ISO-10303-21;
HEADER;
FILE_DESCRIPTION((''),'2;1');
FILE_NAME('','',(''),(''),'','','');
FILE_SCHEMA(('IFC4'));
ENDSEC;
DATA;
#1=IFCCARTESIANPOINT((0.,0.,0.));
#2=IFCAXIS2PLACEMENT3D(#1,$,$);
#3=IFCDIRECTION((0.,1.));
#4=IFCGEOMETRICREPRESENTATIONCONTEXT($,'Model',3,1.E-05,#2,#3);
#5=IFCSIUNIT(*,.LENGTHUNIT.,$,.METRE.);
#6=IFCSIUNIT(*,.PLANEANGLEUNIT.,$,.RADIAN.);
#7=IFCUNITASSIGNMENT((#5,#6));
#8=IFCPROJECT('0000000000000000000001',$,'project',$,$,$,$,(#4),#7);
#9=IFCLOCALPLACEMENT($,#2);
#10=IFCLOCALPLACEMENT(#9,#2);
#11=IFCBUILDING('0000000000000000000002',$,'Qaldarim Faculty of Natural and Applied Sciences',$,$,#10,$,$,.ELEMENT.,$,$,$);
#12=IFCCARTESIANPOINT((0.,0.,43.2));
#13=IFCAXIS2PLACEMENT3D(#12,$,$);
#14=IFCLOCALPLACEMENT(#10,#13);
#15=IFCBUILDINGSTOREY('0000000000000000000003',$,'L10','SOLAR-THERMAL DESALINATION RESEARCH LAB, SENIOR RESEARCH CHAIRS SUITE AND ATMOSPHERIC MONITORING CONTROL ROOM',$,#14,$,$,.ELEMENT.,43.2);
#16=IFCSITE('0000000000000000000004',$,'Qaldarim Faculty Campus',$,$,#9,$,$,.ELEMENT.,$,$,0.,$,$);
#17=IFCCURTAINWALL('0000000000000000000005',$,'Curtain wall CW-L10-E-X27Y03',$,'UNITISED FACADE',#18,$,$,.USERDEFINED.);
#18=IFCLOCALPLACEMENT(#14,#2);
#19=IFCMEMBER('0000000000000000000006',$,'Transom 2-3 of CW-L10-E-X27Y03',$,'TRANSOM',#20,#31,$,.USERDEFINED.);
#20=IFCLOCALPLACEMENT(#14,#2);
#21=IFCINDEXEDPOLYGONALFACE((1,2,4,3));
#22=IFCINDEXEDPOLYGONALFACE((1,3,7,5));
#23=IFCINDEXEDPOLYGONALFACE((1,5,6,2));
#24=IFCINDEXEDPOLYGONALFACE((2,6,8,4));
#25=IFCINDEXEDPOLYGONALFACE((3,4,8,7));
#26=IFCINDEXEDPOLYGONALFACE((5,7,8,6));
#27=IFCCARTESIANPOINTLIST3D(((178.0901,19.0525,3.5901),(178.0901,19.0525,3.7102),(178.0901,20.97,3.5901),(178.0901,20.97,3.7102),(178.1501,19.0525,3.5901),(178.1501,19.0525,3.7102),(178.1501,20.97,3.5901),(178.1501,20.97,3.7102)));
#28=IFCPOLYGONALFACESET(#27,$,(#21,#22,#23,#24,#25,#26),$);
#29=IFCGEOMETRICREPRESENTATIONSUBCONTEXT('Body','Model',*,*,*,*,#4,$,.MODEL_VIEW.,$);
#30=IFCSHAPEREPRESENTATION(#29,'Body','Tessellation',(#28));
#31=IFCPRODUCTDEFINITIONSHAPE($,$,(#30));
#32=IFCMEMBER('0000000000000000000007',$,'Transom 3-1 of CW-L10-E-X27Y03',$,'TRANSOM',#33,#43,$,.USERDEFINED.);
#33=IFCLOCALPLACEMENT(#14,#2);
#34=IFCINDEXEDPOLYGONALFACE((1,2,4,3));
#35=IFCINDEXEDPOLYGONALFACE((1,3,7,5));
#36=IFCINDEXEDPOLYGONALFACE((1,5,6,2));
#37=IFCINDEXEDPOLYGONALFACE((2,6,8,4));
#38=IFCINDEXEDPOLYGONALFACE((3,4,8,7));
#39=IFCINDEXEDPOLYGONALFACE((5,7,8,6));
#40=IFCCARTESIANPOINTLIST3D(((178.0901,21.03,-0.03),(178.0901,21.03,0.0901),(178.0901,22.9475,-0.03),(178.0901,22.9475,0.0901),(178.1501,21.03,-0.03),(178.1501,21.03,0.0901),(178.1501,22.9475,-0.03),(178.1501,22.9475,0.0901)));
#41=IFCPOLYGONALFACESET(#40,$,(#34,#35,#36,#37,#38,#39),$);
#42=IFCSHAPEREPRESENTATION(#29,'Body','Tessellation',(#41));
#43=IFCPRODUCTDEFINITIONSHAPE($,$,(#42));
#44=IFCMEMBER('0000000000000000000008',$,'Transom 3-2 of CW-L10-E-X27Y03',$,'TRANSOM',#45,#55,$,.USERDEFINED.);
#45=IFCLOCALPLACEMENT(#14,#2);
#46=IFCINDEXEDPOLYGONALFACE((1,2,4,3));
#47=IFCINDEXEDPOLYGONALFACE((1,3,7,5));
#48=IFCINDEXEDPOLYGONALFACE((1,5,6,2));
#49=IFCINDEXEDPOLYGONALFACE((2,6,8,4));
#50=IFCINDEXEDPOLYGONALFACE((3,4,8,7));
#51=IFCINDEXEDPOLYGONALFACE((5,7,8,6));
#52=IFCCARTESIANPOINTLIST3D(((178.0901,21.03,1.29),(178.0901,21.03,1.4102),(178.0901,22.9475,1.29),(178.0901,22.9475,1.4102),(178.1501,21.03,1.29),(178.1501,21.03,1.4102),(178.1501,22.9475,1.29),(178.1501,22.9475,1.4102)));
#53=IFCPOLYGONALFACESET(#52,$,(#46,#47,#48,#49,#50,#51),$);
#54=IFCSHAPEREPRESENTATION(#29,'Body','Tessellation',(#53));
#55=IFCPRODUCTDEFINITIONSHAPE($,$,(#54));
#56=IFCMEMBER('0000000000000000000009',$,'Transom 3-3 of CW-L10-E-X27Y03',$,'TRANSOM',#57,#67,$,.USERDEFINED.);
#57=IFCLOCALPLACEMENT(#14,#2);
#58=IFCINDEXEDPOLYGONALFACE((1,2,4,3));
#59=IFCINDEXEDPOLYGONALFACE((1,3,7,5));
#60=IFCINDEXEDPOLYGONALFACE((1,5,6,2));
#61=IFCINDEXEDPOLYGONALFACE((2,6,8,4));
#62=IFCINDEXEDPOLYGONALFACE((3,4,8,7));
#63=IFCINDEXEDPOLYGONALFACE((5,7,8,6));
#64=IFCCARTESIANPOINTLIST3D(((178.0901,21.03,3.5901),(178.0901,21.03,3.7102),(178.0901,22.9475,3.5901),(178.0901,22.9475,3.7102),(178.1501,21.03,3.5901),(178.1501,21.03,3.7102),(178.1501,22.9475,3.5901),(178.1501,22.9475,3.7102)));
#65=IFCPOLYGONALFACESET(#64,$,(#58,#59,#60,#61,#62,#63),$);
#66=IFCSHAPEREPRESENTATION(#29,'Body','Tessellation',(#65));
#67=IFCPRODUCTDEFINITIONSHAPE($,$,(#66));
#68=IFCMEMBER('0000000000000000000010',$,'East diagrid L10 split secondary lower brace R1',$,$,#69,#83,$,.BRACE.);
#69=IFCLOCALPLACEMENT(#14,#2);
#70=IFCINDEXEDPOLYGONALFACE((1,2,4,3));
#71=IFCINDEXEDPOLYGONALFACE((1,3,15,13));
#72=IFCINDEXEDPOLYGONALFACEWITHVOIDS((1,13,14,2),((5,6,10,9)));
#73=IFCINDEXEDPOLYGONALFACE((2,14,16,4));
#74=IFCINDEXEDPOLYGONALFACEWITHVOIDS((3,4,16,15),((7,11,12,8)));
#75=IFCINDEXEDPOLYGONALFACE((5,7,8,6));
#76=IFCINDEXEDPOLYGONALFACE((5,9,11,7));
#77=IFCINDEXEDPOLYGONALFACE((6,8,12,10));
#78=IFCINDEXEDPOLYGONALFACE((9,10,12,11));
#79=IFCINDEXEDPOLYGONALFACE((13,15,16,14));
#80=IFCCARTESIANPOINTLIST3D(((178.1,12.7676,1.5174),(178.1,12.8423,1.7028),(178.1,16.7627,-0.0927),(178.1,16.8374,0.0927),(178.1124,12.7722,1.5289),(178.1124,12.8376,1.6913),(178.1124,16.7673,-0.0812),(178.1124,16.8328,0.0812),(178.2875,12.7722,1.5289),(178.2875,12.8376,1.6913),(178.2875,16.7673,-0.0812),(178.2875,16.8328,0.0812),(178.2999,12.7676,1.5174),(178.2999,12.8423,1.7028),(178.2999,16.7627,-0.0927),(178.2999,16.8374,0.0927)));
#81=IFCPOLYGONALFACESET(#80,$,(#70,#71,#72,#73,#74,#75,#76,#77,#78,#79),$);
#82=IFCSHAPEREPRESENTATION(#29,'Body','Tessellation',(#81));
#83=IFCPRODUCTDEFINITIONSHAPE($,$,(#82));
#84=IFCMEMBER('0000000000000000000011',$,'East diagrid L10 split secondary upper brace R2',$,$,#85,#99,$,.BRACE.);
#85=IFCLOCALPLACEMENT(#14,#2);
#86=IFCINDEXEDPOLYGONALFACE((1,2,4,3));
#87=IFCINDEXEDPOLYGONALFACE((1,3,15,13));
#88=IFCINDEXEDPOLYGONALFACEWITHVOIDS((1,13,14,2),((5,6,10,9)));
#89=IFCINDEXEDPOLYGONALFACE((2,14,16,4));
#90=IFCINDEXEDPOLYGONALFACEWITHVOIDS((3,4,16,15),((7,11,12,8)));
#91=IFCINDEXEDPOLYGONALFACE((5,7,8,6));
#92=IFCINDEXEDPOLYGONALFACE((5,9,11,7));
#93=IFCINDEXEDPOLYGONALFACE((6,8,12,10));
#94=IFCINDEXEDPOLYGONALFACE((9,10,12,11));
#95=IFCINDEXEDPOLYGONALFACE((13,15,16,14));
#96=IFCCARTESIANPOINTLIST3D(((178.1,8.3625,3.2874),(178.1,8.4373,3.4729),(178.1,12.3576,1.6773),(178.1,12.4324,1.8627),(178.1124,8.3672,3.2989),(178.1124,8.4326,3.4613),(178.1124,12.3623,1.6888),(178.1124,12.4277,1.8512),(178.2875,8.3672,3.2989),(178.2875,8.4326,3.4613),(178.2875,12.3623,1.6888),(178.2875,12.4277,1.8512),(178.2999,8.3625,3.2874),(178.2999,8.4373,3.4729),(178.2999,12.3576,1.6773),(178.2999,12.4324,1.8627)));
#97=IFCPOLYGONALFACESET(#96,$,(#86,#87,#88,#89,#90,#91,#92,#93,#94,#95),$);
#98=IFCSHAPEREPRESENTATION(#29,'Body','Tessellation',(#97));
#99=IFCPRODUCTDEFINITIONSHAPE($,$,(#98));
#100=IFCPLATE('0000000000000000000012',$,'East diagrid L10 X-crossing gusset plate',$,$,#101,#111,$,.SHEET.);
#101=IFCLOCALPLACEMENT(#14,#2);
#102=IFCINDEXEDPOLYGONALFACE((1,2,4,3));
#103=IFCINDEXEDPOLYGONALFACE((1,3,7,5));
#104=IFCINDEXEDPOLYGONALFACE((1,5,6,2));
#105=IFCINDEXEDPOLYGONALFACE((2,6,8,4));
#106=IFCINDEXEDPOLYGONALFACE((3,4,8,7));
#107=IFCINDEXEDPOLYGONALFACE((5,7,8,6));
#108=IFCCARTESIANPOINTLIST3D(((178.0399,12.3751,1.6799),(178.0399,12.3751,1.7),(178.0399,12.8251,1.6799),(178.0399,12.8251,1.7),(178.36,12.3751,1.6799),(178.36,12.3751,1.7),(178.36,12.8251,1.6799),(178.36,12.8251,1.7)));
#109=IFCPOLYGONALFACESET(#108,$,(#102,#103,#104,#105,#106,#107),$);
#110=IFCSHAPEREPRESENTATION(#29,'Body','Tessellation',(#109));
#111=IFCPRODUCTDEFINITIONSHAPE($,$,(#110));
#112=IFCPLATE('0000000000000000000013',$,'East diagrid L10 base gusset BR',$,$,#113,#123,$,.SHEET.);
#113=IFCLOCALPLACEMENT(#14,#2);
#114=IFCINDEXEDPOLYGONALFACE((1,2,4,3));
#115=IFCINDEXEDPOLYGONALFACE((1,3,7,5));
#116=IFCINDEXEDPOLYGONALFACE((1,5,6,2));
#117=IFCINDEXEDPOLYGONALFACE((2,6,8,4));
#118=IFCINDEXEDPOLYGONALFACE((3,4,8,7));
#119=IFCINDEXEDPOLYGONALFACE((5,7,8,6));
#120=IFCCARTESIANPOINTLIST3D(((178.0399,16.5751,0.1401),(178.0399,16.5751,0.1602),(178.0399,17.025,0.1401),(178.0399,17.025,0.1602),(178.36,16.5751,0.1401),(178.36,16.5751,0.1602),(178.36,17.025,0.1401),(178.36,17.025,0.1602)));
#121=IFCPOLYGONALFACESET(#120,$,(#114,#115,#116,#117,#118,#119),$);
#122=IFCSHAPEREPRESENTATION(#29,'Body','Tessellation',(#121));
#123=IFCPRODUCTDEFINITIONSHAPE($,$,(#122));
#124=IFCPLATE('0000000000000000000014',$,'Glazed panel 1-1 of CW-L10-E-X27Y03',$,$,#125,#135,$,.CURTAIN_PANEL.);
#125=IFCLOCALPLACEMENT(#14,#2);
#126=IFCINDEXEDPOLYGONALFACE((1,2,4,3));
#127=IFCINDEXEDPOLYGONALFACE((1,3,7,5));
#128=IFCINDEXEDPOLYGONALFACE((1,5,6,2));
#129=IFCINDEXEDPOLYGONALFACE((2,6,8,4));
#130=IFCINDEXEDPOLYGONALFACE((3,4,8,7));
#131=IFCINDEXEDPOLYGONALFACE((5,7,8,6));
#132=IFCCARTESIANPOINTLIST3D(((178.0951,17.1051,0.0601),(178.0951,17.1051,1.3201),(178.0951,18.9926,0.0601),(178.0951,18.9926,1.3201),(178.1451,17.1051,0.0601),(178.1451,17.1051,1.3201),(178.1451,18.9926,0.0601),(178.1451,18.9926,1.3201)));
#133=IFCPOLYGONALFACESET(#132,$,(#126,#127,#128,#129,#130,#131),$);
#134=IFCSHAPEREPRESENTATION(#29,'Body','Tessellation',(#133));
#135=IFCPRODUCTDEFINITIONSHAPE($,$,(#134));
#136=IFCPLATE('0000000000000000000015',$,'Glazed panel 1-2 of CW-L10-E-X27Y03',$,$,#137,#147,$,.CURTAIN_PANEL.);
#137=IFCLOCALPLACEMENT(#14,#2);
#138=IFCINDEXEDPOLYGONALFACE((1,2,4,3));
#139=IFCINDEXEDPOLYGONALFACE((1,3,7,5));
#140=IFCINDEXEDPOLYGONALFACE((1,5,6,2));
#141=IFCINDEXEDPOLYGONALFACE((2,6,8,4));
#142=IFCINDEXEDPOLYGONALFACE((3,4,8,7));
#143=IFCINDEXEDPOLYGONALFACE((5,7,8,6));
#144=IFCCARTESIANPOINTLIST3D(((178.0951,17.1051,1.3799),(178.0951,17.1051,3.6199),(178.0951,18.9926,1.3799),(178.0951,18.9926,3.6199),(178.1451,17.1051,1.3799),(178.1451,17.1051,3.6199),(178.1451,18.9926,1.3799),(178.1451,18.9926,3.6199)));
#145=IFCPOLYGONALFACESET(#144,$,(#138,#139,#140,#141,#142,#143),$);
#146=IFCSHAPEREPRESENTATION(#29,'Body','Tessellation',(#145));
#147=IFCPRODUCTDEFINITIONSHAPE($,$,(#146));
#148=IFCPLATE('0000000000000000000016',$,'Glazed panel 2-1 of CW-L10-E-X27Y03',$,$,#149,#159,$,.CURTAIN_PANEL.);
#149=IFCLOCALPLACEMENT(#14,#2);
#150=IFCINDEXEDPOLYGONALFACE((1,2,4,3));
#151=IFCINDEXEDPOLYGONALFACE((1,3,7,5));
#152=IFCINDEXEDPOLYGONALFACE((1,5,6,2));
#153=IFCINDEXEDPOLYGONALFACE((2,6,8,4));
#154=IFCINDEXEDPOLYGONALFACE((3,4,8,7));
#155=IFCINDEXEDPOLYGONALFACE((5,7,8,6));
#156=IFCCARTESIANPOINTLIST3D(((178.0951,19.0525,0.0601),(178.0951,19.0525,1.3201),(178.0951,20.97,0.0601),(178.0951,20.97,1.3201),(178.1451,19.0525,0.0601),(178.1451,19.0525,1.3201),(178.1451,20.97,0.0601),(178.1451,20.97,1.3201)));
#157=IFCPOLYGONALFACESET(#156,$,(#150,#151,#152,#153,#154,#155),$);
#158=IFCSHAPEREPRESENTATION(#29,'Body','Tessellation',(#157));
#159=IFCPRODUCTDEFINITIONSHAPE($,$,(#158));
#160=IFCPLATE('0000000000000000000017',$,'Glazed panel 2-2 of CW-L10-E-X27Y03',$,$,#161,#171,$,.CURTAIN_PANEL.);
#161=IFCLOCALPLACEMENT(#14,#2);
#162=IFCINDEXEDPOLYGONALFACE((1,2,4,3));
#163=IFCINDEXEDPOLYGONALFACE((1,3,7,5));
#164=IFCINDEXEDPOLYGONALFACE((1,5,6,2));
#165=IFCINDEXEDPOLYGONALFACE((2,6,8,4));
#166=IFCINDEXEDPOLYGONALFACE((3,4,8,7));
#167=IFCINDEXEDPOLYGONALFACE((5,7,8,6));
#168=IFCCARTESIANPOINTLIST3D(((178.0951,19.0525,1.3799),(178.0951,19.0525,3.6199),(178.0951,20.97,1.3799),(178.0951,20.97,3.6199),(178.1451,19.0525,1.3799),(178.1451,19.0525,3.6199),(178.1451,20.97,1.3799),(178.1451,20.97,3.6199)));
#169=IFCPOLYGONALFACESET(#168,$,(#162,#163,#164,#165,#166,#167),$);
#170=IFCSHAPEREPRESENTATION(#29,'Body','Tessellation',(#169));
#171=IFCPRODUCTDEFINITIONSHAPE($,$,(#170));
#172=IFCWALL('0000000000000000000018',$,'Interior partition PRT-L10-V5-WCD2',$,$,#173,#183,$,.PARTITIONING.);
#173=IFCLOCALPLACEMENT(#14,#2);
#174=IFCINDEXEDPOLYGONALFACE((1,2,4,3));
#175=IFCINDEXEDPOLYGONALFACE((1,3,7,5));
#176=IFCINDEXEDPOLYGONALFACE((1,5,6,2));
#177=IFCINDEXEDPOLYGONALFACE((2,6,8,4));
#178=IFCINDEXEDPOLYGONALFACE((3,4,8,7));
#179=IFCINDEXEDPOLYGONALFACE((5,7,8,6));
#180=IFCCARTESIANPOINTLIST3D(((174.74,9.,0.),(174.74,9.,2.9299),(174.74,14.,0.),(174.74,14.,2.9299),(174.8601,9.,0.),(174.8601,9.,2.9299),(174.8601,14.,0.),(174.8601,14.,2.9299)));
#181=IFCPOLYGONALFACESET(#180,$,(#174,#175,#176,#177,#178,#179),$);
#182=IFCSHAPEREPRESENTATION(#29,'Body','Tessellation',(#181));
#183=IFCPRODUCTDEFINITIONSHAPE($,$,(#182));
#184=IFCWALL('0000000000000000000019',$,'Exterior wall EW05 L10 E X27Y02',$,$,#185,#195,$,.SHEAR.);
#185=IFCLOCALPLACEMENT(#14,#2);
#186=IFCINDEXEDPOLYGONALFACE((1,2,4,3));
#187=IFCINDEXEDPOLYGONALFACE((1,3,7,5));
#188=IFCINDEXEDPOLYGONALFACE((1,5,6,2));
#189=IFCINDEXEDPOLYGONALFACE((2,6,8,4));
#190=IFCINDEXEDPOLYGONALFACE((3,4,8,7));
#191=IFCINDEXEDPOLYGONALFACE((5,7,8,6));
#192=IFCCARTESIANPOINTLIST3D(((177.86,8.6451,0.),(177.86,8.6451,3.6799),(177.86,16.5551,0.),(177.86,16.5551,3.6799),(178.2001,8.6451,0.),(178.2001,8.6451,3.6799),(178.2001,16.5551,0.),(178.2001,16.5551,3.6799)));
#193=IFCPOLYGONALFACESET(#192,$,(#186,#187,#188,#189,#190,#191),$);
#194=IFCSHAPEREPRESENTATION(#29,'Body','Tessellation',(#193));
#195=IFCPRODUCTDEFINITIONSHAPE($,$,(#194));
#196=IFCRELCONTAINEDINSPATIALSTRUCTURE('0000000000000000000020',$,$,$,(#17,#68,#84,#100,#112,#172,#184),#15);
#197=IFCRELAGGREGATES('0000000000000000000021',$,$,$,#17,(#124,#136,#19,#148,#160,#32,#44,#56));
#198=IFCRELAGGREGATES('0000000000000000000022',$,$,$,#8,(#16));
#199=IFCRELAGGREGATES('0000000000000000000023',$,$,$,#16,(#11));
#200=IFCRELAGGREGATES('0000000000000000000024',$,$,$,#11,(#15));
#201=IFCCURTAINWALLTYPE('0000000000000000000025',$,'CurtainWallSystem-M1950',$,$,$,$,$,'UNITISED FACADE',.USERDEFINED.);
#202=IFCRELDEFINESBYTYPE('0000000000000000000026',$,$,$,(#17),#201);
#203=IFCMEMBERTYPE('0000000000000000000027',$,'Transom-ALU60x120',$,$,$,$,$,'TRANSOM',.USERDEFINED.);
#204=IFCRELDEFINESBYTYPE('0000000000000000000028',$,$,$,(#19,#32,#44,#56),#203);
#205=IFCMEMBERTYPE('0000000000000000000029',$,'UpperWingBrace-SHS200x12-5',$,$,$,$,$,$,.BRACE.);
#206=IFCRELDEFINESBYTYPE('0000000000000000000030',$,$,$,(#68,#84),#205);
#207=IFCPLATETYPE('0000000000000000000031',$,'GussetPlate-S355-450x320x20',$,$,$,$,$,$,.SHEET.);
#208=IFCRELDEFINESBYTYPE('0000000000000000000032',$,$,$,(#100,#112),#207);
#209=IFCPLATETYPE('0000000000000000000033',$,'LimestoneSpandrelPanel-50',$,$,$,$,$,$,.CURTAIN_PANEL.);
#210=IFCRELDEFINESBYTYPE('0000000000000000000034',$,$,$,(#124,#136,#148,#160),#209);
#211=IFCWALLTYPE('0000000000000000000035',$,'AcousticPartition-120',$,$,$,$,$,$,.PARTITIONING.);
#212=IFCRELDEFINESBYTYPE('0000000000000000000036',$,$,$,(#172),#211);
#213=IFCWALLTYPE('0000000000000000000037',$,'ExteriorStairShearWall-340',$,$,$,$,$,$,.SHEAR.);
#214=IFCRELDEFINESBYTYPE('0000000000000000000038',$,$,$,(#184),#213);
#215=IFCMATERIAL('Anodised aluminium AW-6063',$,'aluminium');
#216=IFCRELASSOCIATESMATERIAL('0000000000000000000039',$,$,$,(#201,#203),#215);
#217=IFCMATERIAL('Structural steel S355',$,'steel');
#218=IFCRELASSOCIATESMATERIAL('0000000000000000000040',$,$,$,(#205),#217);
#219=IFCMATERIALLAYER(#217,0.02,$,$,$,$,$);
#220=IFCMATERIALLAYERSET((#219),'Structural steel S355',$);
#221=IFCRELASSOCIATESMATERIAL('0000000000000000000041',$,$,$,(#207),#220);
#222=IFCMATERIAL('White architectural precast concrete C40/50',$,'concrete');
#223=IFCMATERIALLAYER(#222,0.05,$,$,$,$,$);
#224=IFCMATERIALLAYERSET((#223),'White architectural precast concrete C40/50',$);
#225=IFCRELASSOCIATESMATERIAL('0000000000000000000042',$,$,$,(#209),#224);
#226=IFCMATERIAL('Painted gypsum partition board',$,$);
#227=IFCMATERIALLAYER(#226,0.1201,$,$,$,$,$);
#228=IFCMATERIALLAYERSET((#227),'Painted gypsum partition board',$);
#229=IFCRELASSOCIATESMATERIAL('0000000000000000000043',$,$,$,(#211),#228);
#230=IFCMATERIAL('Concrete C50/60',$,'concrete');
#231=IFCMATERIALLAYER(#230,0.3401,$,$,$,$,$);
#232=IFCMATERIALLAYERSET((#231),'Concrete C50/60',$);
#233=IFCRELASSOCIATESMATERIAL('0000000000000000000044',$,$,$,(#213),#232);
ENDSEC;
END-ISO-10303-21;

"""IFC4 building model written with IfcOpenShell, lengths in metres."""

from ifc_helpers import new_model, si_unit, direction, frame, frame_2d, origin, origin_2d, place, context, subcontext, project, spatial, rectangle, hollow_rectangle, extrude, material, layer, layer_set, material_profile, profile_set, type_object, element, aggregate, save


model = new_model("IFC4")

# Units and contexts
model_context = context("Model", 3, precision=1e-05, world=origin(), true_north=direction((0.0, 1.0)))
body_context = subcontext(model_context, "Body", "Model", "MODEL_VIEW")
ifc_project = project(units=[si_unit("LENGTHUNIT", "METRE"), si_unit("PLANEANGLEUNIT", "RADIAN")], contexts=[model_context])

# Site, building, storey
site_placement = place(None, origin())
site = spatial("IfcSite", under=ifc_project, at=site_placement, Name="Qaldarim Faculty Campus", CompositionType="ELEMENT", RefElevation=0.0)
building_placement = place(site_placement, origin())
building = spatial("IfcBuilding", under=site, at=building_placement, Name="Qaldarim Faculty of Natural and Applied Sciences", CompositionType="ELEMENT")
storey_placement = place(building_placement, frame((0.0, 0.0, 43.2)))
storey = spatial("IfcBuildingStorey", under=building, at=storey_placement, Name="L10", Description="SOLAR-THERMAL DESALINATION RESEARCH LAB, SENIOR RESEARCH CHAIRS SUITE AND ATMOSPHERIC MONITORING CONTROL ROOM", CompositionType="ELEMENT", Elevation=43.2)

# Shared definitions
ifc_material_1 = material(Name="Concrete C50/60", Category="concrete")

# Curtain wall
ifc_material_2 = material(Name="Anodised aluminium AW-6063", Category="aluminium")
curtain_wall_type = type_object("IfcCurtainWallType", Name="CurtainWallSystem-M1950", ElementType="UNITISED FACADE", PredefinedType="USERDEFINED", material=ifc_material_2)
curtain_wall_placement = place(storey_placement, origin())
curtain_wall = element("IfcCurtainWall", 1, at=curtain_wall_placement, inside=storey, type_object=curtain_wall_type, Name="Curtain wall CW-L10-E-X27Y03", ObjectType="UNITISED FACADE", PredefinedType="USERDEFINED")

# Members
ifc_material_profile_1 = material_profile(ifc_material_2, rectangle(XDim=0.0601, YDim=0.1201, at=origin_2d()), Name="ALU-T60x120")
ifc_profile_set_1 = profile_set([ifc_material_profile_1], Name="Anodised aluminium AW-6063")
member_type_1 = type_object("IfcMemberType", Name="Transom-ALU60x120", ElementType="TRANSOM", PredefinedType="USERDEFINED", material=ifc_profile_set_1)
member_1_placement = place(storey_placement, frame((178.1201, 19.0525, 3.6501), z_axis=(0.0, 1.0, 0.0), x_axis=(-1.0, 0.0, 0.0)))
member_1 = element("IfcMember", 2, at=member_1_placement, type_object=member_type_1, Name="Transom 2-3 of CW-L10-E-X27Y03", ObjectType="TRANSOM", PredefinedType="USERDEFINED", context=body_context, shape_type="SweptSolid", body=[
    extrude(rectangle(XDim=0.0601, YDim=0.1201, at=origin_2d()), origin(), (0.0, 0.0, 1.0), 1.9175),
])
member_2_placement = place(storey_placement, frame((178.1201, 21.03, 0.03), z_axis=(0.0, 1.0, 0.0), x_axis=(-1.0, 0.0, 0.0)))
member_2 = element("IfcMember", 3, at=member_2_placement, type_object=member_type_1, Name="Transom 3-1 of CW-L10-E-X27Y03", ObjectType="TRANSOM", PredefinedType="USERDEFINED", context=body_context, shape_type="SweptSolid", body=[
    extrude(rectangle(XDim=0.0601, YDim=0.1201, at=origin_2d()), origin(), (0.0, 0.0, 1.0), 1.9175),
])
member_3_placement = place(storey_placement, frame((178.1201, 21.03, 1.3501), z_axis=(0.0, 1.0, 0.0), x_axis=(-1.0, 0.0, 0.0)))
member_3 = element("IfcMember", 4, at=member_3_placement, type_object=member_type_1, Name="Transom 3-2 of CW-L10-E-X27Y03", ObjectType="TRANSOM", PredefinedType="USERDEFINED", context=body_context, shape_type="SweptSolid", body=[
    extrude(rectangle(XDim=0.0601, YDim=0.1201, at=origin_2d()), origin(), (0.0, 0.0, 1.0), 1.9175),
])
member_4_placement = place(storey_placement, frame((178.1201, 21.03, 3.6501), z_axis=(0.0, 1.0, 0.0), x_axis=(-1.0, 0.0, 0.0)))
member_4 = element("IfcMember", 5, at=member_4_placement, type_object=member_type_1, Name="Transom 3-3 of CW-L10-E-X27Y03", ObjectType="TRANSOM", PredefinedType="USERDEFINED", context=body_context, shape_type="SweptSolid", body=[
    extrude(rectangle(XDim=0.0601, YDim=0.1201, at=origin_2d()), origin(), (0.0, 0.0, 1.0), 1.9175),
])

# Members
ifc_material_3 = material(Name="Structural steel S355", Category="steel")
ifc_material_profile_2 = material_profile(ifc_material_3, hollow_rectangle(XDim=0.2, YDim=0.2, WallThickness=0.0125, at=origin_2d()), Name="SHS 200x200x12.5")
ifc_profile_set_2 = profile_set([ifc_material_profile_2], Name="Structural steel S355")
member_type_2 = type_object("IfcMemberType", Name="UpperWingBrace-SHS200x12-5", PredefinedType="BRACE", material=ifc_profile_set_2)
for number, where, z_axis, x_axis, name in (
    (6, (178.2, 16.8, 0.0), (0.0, -0.927508, 0.373803), (1.0, 0.0, 0.0), "East diagrid L10 split secondary lower brace R1"),
    (7, (178.2, 12.395, 1.77), (0.0, -0.927508, 0.373803), (1.0, 0.0, 0.0), "East diagrid L10 split secondary upper brace R2"),
):
    element("IfcMember", number, at=place(storey_placement, frame(where, z_axis=z_axis, x_axis=x_axis)), inside=storey, type_object=member_type_2, Name=name, PredefinedType="BRACE", context=body_context, shape_type="SweptSolid", body=[
        extrude(hollow_rectangle(XDim=0.2, YDim=0.2, WallThickness=0.0125, at=origin_2d()), origin(), (0.0, 0.0, 1.0), 4.3074),
    ])

# Plates
ifc_layer_1 = layer(ifc_material_3, 0.02)
ifc_layer_set_1 = layer_set([ifc_layer_1], Name="Structural steel S355")
plate_type_1 = type_object("IfcPlateType", Name="GussetPlate-S355-450x320x20", PredefinedType="SHEET", material=ifc_layer_set_1)
for number, where, z_axis, x_axis, name in (
    (8, (178.2, 12.6001, 1.6799), (0.0, 0.0, 1.0), (0.0, 1.0, 0.0), "East diagrid L10 X-crossing gusset plate"),
    (9, (178.2, 16.8, 0.1401), (0.0, 0.0, 1.0), (0.0, 1.0, 0.0), "East diagrid L10 base gusset BR"),
):
    element("IfcPlate", number, at=place(storey_placement, frame(where, z_axis=z_axis, x_axis=x_axis)), inside=storey, type_object=plate_type_1, Name=name, PredefinedType="SHEET", context=body_context, shape_type="SweptSolid", body=[
        extrude(rectangle(XDim=0.45, YDim=0.3201, at=origin_2d()), origin(), (0.0, 0.0, 1.0), 0.02),
    ])

# Plates
ifc_material_4 = material(Name="White architectural precast concrete C40/50", Category="concrete")
ifc_layer_2 = layer(ifc_material_4, 0.05)
ifc_layer_set_2 = layer_set([ifc_layer_2], Name="White architectural precast concrete C40/50")
plate_type_2 = type_object("IfcPlateType", Name="LimestoneSpandrelPanel-50", PredefinedType="CURTAIN_PANEL", material=ifc_layer_set_2)
plate_1_placement = place(storey_placement, frame((178.1201, 18.0488, 0.0601), z_axis=(0.0, 0.0, 1.0), x_axis=(0.0, 1.0, 0.0)))
plate_1 = element("IfcPlate", 10, at=plate_1_placement, type_object=plate_type_2, Name="Glazed panel 1-1 of CW-L10-E-X27Y03", PredefinedType="CURTAIN_PANEL", context=body_context, shape_type="SweptSolid", body=[
    extrude(rectangle(XDim=1.8875, YDim=0.05, at=origin_2d()), origin(), (0.0, 0.0, 1.0), 1.26),
])
plate_2_placement = place(storey_placement, frame((178.1201, 18.0488, 1.3799), z_axis=(0.0, 0.0, 1.0), x_axis=(0.0, 1.0, 0.0)))
plate_2 = element("IfcPlate", 11, at=plate_2_placement, type_object=plate_type_2, Name="Glazed panel 1-2 of CW-L10-E-X27Y03", PredefinedType="CURTAIN_PANEL", context=body_context, shape_type="SweptSolid", body=[
    extrude(rectangle(XDim=1.8875, YDim=0.05, at=origin_2d()), origin(), (0.0, 0.0, 1.0), 2.24),
])
plate_3_placement = place(storey_placement, frame((178.1201, 20.0112, 0.0601), z_axis=(0.0, 0.0, 1.0), x_axis=(0.0, 1.0, 0.0)))
plate_3 = element("IfcPlate", 12, at=plate_3_placement, type_object=plate_type_2, Name="Glazed panel 2-1 of CW-L10-E-X27Y03", PredefinedType="CURTAIN_PANEL", context=body_context, shape_type="SweptSolid", body=[
    extrude(rectangle(XDim=1.9175, YDim=0.05, at=origin_2d()), origin(), (0.0, 0.0, 1.0), 1.26),
])
plate_4_placement = place(storey_placement, frame((178.1201, 20.0112, 1.3799), z_axis=(0.0, 0.0, 1.0), x_axis=(0.0, 1.0, 0.0)))
plate_4 = element("IfcPlate", 13, at=plate_4_placement, type_object=plate_type_2, Name="Glazed panel 2-2 of CW-L10-E-X27Y03", PredefinedType="CURTAIN_PANEL", context=body_context, shape_type="SweptSolid", body=[
    extrude(rectangle(XDim=1.9175, YDim=0.05, at=origin_2d()), origin(), (0.0, 0.0, 1.0), 2.24),
])
aggregate(curtain_wall, [plate_1, plate_2, member_1, plate_3, plate_4, member_2, member_3, member_4])

# Walls
ifc_material_5 = material(Name="Painted gypsum partition board")
ifc_layer_3 = layer(ifc_material_5, 0.1201)
ifc_layer_set_3 = layer_set([ifc_layer_3], Name="Painted gypsum partition board")
wall_type_1 = type_object("IfcWallType", Name="AcousticPartition-120", PredefinedType="PARTITIONING", material=ifc_layer_set_3)
wall_1_placement = place(storey_placement, frame((174.8, 9.0, 0.0), z_axis=(0.0, 0.0, 1.0), x_axis=(0.0, 1.0, 0.0)))
element("IfcWall", 14, at=wall_1_placement, inside=storey, type_object=wall_type_1, Name="Interior partition PRT-L10-V5-WCD2", PredefinedType="PARTITIONING", context=body_context, shape_type="SweptSolid", body=[
    extrude(rectangle(XDim=5.0, YDim=0.1201, at=frame_2d((2.5, 0.0))), origin(), (0.0, 0.0, 1.0), 2.9299),
])
ifc_layer_4 = layer(ifc_material_1, 0.3401)
ifc_layer_set_4 = layer_set([ifc_layer_4], Name="Concrete C50/60")
wall_type_2 = type_object("IfcWallType", Name="ExteriorStairShearWall-340", PredefinedType="SHEAR", material=ifc_layer_set_4)
wall_2_placement = place(storey_placement, frame((178.03, 8.645, 0.0), z_axis=(0.0, 0.0, 1.0), x_axis=(0.0, 1.0, 0.0)))
element("IfcWall", 15, at=wall_2_placement, inside=storey, type_object=wall_type_2, Name="Exterior wall EW05 L10 E X27Y02", PredefinedType="SHEAR", context=body_context, shape_type="SweptSolid", body=[
    extrude(rectangle(XDim=7.9099, YDim=0.3401, at=frame_2d((3.9551, 0.0))), origin(), (0.0, 0.0, 1.0), 3.6799),
])

save(model, "model.ifc")
